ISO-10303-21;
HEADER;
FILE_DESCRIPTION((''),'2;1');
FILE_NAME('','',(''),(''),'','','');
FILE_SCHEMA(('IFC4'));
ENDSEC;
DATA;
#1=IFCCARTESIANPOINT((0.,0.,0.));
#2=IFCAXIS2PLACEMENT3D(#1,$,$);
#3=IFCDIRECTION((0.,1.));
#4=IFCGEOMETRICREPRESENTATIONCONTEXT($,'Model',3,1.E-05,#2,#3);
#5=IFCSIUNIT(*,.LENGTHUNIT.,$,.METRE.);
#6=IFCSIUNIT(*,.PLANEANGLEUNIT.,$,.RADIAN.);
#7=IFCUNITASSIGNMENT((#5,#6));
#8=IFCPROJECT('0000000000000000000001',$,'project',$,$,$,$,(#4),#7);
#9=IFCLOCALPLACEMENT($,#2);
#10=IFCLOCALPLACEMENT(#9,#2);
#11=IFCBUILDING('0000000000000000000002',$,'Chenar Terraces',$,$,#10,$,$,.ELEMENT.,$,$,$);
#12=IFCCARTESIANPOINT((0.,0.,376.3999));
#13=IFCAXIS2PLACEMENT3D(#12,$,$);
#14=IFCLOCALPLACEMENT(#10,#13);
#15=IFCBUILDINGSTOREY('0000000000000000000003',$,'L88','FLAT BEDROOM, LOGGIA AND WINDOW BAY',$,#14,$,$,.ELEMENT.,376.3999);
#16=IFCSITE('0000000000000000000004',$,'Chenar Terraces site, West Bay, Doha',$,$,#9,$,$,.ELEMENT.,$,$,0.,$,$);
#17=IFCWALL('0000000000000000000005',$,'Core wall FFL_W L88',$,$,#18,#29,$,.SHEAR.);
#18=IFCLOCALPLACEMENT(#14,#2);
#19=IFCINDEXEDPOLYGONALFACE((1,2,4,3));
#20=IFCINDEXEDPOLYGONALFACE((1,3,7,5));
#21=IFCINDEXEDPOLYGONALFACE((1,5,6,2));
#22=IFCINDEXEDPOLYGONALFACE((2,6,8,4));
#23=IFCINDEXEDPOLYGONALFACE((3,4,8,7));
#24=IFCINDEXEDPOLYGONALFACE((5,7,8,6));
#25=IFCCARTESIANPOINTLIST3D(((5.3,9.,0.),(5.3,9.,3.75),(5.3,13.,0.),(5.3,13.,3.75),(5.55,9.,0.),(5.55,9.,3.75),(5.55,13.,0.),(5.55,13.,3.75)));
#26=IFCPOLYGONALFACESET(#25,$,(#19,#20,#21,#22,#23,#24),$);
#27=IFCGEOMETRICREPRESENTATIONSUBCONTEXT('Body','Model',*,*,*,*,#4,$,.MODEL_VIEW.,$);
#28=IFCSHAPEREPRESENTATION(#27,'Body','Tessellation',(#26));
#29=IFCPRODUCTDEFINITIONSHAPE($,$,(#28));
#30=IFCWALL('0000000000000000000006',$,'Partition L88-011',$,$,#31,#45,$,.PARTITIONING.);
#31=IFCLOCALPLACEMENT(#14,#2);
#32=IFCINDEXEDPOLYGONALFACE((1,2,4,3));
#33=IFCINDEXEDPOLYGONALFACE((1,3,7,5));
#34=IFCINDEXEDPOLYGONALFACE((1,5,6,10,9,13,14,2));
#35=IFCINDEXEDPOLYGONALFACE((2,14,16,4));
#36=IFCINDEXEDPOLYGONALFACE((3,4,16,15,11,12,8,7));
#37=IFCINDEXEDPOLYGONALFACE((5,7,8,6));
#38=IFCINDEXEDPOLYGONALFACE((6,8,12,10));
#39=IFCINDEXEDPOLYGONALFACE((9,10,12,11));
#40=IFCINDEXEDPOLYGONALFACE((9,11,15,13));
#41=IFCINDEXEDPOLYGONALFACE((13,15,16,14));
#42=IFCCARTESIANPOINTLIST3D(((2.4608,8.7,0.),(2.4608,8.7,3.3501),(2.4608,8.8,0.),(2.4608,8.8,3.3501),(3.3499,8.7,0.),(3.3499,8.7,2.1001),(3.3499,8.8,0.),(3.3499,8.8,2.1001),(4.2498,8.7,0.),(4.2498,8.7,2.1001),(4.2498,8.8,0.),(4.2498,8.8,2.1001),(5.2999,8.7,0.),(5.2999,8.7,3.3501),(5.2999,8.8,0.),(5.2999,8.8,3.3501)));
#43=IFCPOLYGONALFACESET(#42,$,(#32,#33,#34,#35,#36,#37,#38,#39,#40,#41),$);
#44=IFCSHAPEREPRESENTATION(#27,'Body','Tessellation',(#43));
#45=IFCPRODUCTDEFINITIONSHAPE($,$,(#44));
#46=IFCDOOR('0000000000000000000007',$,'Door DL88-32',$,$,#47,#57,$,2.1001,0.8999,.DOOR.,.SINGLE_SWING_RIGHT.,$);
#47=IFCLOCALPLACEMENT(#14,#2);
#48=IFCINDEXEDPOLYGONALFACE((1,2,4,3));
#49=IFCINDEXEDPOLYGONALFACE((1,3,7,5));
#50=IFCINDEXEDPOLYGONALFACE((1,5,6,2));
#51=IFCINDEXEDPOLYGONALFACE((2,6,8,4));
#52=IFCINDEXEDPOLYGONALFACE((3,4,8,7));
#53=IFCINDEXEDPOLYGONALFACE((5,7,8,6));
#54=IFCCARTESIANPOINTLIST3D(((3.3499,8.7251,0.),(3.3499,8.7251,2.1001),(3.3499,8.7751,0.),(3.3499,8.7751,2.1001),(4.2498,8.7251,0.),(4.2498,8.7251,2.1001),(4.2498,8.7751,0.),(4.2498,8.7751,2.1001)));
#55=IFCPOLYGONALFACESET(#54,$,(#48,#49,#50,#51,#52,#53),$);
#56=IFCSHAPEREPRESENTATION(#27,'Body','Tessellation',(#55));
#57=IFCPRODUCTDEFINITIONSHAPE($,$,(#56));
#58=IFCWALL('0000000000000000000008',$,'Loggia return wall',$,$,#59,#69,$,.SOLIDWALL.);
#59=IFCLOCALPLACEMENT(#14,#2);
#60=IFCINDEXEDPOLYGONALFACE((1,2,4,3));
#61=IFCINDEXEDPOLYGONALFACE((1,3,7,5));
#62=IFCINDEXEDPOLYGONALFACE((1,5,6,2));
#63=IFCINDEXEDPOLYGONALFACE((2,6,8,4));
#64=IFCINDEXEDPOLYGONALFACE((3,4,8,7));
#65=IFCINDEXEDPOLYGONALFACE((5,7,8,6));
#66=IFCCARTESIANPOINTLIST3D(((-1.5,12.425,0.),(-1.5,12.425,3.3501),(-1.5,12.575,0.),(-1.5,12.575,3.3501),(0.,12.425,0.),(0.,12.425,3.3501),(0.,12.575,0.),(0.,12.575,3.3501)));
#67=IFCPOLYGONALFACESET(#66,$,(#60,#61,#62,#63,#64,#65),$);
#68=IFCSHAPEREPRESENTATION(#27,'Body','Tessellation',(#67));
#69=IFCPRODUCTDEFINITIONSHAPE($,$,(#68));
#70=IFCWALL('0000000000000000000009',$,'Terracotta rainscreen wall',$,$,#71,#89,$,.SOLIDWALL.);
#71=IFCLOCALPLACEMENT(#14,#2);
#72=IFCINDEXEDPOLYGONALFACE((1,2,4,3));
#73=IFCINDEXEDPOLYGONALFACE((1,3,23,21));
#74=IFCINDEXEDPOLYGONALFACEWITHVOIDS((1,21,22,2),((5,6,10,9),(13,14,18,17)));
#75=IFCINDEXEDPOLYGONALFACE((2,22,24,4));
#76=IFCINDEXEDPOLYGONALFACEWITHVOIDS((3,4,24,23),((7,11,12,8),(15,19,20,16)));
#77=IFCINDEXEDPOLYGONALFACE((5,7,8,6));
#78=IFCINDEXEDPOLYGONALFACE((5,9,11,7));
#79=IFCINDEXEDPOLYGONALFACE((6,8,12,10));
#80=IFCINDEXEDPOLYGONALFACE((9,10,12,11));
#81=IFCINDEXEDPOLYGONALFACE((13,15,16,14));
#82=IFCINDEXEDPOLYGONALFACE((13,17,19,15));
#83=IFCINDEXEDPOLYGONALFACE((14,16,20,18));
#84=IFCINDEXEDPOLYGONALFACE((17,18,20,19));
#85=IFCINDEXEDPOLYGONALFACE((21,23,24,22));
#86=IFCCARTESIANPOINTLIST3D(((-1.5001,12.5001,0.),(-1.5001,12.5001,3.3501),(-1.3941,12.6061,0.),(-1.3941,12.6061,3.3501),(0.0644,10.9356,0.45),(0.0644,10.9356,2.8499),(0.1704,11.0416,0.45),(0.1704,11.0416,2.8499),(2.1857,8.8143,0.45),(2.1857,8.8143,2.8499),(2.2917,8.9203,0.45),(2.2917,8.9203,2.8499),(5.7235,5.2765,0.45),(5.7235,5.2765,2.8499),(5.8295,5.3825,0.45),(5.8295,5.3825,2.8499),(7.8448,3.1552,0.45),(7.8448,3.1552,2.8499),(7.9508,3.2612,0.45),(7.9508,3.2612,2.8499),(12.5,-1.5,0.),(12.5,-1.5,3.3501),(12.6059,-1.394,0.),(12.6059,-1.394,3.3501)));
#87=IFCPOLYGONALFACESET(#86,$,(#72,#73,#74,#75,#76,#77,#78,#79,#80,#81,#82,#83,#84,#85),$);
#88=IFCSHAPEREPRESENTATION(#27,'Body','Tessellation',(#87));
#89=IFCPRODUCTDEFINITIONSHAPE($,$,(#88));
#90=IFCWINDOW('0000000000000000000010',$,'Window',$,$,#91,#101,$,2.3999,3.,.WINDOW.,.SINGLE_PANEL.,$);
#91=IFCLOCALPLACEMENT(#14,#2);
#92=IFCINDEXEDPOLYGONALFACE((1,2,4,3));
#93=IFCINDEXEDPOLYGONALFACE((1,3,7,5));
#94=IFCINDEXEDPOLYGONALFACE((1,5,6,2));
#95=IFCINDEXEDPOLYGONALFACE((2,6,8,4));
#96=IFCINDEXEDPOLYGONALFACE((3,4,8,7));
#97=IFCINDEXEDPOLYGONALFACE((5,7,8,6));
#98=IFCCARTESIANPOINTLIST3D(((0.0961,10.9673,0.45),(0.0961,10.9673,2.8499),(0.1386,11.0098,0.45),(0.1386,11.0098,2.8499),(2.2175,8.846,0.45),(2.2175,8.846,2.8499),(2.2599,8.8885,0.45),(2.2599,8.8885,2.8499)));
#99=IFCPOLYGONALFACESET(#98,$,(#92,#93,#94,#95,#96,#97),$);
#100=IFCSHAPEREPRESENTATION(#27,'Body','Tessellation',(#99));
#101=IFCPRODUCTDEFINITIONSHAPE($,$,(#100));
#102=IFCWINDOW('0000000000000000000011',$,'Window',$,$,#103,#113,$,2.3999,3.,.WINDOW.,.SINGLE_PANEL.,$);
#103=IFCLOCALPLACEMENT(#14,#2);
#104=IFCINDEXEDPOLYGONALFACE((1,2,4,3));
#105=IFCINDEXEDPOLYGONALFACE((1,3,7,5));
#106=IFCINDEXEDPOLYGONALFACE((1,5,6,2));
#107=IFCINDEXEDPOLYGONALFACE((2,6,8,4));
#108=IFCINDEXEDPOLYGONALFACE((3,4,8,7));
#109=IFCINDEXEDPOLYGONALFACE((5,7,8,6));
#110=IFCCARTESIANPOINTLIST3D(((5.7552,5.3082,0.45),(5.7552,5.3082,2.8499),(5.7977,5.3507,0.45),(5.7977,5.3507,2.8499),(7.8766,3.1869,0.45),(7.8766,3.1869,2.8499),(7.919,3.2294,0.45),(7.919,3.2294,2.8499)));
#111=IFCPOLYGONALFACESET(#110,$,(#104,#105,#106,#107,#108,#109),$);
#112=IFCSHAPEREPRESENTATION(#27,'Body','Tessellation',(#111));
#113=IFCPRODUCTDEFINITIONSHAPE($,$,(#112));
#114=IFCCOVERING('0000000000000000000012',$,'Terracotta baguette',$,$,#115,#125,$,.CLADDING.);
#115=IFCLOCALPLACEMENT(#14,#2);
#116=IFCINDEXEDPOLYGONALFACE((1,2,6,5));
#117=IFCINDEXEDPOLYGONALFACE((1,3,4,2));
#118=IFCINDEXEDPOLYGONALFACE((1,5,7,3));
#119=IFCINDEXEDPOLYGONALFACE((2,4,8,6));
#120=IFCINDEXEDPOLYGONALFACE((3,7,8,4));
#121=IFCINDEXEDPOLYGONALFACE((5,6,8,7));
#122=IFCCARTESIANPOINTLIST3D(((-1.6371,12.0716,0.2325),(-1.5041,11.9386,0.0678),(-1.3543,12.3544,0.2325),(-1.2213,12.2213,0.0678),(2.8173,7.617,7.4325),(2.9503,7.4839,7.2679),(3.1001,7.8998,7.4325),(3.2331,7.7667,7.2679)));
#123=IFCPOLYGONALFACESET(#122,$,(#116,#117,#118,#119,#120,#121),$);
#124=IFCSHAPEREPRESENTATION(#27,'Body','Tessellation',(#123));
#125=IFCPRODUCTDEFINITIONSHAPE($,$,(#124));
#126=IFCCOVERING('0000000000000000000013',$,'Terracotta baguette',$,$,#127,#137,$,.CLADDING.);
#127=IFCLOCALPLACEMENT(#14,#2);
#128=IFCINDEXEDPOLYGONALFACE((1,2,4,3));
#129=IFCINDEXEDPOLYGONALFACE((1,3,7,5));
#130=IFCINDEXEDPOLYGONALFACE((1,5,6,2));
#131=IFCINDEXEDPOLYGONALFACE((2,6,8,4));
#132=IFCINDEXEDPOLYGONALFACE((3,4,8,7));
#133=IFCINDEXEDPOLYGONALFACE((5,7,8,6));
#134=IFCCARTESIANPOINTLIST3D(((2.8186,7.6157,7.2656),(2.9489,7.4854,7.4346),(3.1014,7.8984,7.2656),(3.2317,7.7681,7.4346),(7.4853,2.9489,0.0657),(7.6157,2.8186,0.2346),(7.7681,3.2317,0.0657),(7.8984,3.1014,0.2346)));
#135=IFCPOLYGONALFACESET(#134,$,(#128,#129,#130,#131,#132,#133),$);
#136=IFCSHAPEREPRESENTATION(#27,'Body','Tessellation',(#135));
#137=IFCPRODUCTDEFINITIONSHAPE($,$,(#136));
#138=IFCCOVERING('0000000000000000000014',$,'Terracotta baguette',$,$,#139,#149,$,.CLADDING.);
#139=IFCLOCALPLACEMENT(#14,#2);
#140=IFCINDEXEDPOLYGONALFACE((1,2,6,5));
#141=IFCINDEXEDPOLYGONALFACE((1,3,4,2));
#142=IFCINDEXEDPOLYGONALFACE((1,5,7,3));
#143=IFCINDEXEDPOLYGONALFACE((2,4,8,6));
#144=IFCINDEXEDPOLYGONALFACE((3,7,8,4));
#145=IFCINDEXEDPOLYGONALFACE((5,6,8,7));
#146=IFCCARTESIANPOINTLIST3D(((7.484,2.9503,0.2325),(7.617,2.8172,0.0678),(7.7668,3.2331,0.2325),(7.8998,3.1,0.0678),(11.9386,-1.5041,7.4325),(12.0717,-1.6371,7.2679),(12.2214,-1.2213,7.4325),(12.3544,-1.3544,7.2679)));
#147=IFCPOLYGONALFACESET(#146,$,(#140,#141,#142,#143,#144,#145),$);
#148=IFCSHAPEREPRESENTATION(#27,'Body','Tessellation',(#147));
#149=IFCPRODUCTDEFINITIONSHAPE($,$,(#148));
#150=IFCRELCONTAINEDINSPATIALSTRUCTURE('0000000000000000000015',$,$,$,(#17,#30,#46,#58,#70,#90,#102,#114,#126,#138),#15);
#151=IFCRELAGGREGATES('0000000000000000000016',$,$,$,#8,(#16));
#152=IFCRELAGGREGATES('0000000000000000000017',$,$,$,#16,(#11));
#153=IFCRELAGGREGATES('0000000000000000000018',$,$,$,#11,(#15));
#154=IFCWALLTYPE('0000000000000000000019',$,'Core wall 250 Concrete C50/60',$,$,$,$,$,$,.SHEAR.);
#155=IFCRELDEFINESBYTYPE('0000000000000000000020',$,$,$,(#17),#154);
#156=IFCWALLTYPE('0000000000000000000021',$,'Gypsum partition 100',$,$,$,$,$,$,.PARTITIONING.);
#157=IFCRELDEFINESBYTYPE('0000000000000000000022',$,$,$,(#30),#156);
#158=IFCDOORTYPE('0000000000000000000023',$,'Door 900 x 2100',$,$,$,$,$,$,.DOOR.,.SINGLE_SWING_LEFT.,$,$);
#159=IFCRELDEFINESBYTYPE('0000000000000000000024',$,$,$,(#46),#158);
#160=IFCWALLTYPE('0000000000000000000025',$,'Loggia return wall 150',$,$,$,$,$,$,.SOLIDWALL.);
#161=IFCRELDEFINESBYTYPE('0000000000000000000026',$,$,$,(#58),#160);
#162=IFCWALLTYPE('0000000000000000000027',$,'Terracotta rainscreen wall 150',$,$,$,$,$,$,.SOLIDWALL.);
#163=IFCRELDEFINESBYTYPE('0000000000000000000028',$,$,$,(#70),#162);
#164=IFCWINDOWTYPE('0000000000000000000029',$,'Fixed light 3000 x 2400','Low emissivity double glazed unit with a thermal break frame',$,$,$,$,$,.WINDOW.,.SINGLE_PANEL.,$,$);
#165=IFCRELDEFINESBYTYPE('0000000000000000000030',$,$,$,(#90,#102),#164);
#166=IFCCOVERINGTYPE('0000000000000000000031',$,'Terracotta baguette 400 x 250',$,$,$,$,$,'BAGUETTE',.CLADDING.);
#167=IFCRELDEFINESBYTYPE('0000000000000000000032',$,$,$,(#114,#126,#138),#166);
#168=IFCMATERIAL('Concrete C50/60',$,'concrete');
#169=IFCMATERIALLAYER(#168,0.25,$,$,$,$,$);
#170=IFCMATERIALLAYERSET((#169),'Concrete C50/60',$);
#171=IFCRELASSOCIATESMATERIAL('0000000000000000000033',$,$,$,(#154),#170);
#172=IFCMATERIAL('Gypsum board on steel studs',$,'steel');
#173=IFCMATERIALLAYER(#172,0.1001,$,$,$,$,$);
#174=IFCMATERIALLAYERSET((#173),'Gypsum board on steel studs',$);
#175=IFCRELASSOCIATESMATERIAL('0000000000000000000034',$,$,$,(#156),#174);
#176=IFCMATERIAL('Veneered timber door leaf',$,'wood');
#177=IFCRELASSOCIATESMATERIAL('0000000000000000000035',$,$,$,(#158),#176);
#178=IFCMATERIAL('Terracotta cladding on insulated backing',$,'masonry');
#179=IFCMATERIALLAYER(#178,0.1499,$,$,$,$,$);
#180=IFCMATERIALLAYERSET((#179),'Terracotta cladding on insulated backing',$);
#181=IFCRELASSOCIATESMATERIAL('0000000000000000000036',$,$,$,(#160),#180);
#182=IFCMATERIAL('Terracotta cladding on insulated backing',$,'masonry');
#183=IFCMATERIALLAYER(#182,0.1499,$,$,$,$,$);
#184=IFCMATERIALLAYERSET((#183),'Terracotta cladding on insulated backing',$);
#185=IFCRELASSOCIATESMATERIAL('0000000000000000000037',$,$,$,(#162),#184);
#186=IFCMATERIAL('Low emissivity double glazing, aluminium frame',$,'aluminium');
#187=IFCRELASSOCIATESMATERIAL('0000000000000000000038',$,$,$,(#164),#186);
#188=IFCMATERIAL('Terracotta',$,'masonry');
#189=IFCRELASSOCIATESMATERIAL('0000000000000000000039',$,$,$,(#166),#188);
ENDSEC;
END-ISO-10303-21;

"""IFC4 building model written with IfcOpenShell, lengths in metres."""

from ifc_helpers import new_model, si_unit, direction, frame, frame_2d, origin, origin_2d, place, context, subcontext, project, spatial, rectangle, extrude, material, layer, layer_set, material_profile, profile_set, type_object, element, fill, save


model = new_model("IFC4")

# Units and contexts
model_context = context("Model", 3, precision=1e-05, world=origin(), true_north=direction((0.0, 1.0)))
body_context = subcontext(model_context, "Body", "Model", "MODEL_VIEW")
ifc_project = project(units=[si_unit("LENGTHUNIT", "METRE"), si_unit("PLANEANGLEUNIT", "RADIAN")], contexts=[model_context])

# Site, building, storey
site_placement = place(None, origin())
site = spatial("IfcSite", under=ifc_project, at=site_placement, Name="Chenar Terraces site, West Bay, Doha", CompositionType="ELEMENT", RefElevation=0.0)
building_placement = place(site_placement, origin())
building = spatial("IfcBuilding", under=site, at=building_placement, Name="Chenar Terraces", CompositionType="ELEMENT")
storey_placement = place(building_placement, frame((0.0, 0.0, 376.3999)))
storey = spatial("IfcBuildingStorey", under=building, at=storey_placement, Name="L88", Description="FLAT BEDROOM, LOGGIA AND WINDOW BAY", CompositionType="ELEMENT", Elevation=376.3999)

# Wall
ifc_material_1 = material(Name="Concrete C50/60", Category="concrete")
ifc_layer_1 = layer(ifc_material_1, 0.25)
ifc_layer_set_1 = layer_set([ifc_layer_1], Name="Concrete C50/60")
wall_type_1 = type_object("IfcWallType", Name="Core wall 250 Concrete C50/60", PredefinedType="SHEAR", material=ifc_layer_set_1)
wall_1_placement = place(storey_placement, frame((5.425, 9.0, 0.0), z_axis=(0.0, 0.0, 1.0), x_axis=(0.0, 1.0, 0.0)))
element("IfcWall", 1, at=wall_1_placement, inside=storey, type_object=wall_type_1, Name="Core wall FFL_W L88", PredefinedType="SHEAR", context=body_context, shape_type="SweptSolid", body=[
    extrude(rectangle(XDim=4.0, YDim=0.25, at=frame_2d((2.0, 0.0))), origin(), (0.0, 0.0, 1.0), 3.75),
])

# Wall, opening, door
ifc_material_2 = material(Name="Gypsum board on steel studs", Category="steel")
ifc_layer_2 = layer(ifc_material_2, 0.1001)
ifc_layer_set_2 = layer_set([ifc_layer_2], Name="Gypsum board on steel studs")
wall_type_2 = type_object("IfcWallType", Name="Gypsum partition 100", PredefinedType="PARTITIONING", material=ifc_layer_set_2)
wall_2_placement = place(storey_placement, frame((2.4609, 8.75, 0.0), z_axis=(0.0, 0.0, 1.0), x_axis=(1.0, 0.0, 0.0)))
wall_2 = element("IfcWall", 2, at=wall_2_placement, inside=storey, type_object=wall_type_2, Name="Partition L88-011", PredefinedType="PARTITIONING", context=body_context, shape_type="SweptSolid", body=[
    extrude(rectangle(XDim=2.8391, YDim=0.1001, at=frame_2d((1.4194, 0.0))), origin(), (0.0, 0.0, 1.0), 3.3501),
])
opening_1_placement = place(wall_2_placement, frame((0.8889, 0.0, 0.0)))
opening_1 = element("IfcOpeningElement", 3, at=opening_1_placement, cuts=wall_2, PredefinedType="OPENING", context=body_context, shape_type="SweptSolid", body=[
    extrude(rectangle(XDim=0.8999, YDim=2.1001, at=frame_2d((0.45, 1.05))), frame((0.0, 0.0601, 0.0), z_axis=(0.0, -1.0, 0.0), x_axis=(1.0, 0.0, 0.0)), (0.0, 0.0, 1.0), 0.1201),
])
ifc_material_3 = material(Name="Veneered timber door leaf", Category="wood")
door_type = type_object("IfcDoorType", Name="Door 900 x 2100", OperationType="SINGLE_SWING_LEFT", PredefinedType="DOOR", material=ifc_material_3)
door_placement = place(opening_1_placement, frame((0.8999, 0.0, 0.0), z_axis=(0.0, 0.0, 1.0), x_axis=(-1.0, 0.0, 0.0)))
door = element("IfcDoor", 4, at=door_placement, inside=storey, type_object=door_type, Name="Door DL88-32", OperationType="SINGLE_SWING_RIGHT", OverallHeight=2.1001, OverallWidth=0.8999, PredefinedType="DOOR", context=body_context, shape_type="SweptSolid", body=[
    extrude(rectangle(XDim=0.8999, YDim=2.1001, at=frame_2d((0.45, 1.05))), frame((0.0, 0.0249, 0.0), z_axis=(0.0, -1.0, 0.0), x_axis=(1.0, 0.0, 0.0)), (0.0, 0.0, 1.0), 0.05),
])
fill(opening_1, door)

# Wall
ifc_material_4 = material(Name="Terracotta cladding on insulated backing", Category="masonry")
ifc_layer_3 = layer(ifc_material_4, 0.1499)
ifc_layer_set_3 = layer_set([ifc_layer_3], Name="Terracotta cladding on insulated backing")
wall_type_3 = type_object("IfcWallType", Name="Loggia return wall 150", PredefinedType="SOLIDWALL", material=ifc_layer_set_3)
wall_3_placement = place(storey_placement, frame((-1.5, 12.5, 0.0), z_axis=(0.0, 0.0, 1.0), x_axis=(1.0, 0.0, 0.0)))
element("IfcWall", 5, at=wall_3_placement, inside=storey, type_object=wall_type_3, Name="Loggia return wall", PredefinedType="SOLIDWALL", context=body_context, shape_type="SweptSolid", body=[
    extrude(rectangle(XDim=1.5, YDim=0.1499, at=frame_2d((0.75, 0.0))), origin(), (0.0, 0.0, 1.0), 3.3501),
])

# Wall, openings, windows
ifc_material_5 = material(Name="Terracotta cladding on insulated backing", Category="masonry")
ifc_layer_4 = layer(ifc_material_5, 0.1499)
ifc_layer_set_4 = layer_set([ifc_layer_4], Name="Terracotta cladding on insulated backing")
wall_type_4 = type_object("IfcWallType", Name="Terracotta rainscreen wall 150", PredefinedType="SOLIDWALL", material=ifc_layer_set_4)
wall_4_placement = place(storey_placement, frame((-1.447, 12.553, 0.0), z_axis=(0.0, 0.0, 1.0), x_axis=(0.707107, -0.707107, 0.0)))
wall_4 = element("IfcWall", 6, at=wall_4_placement, inside=storey, type_object=wall_type_4, Name="Terracotta rainscreen wall", PredefinedType="SOLIDWALL", context=body_context, shape_type="SweptSolid", body=[
    extrude(rectangle(XDim=19.7991, YDim=0.1499, at=frame_2d((9.8994, 0.0))), origin(), (0.0, 0.0, 1.0), 3.3501),
])
opening_2_placement = place(wall_4_placement, frame((2.2124, 0.0, 0.45)))
opening_2 = element("IfcOpeningElement", 7, at=opening_2_placement, cuts=wall_4, PredefinedType="OPENING", context=body_context, shape_type="SweptSolid", body=[
    extrude(rectangle(XDim=3.0, YDim=2.3999, at=frame_2d((1.5, 1.2))), frame((0.0, 0.085, 0.0), z_axis=(0.0, -1.0, 0.0), x_axis=(1.0, 0.0, 0.0)), (0.0, 0.0, 1.0), 0.1699),
])
opening_3_placement = place(wall_4_placement, frame((10.2156, 0.0, 0.45)))
opening_3 = element("IfcOpeningElement", 8, at=opening_3_placement, cuts=wall_4, PredefinedType="OPENING", context=body_context, shape_type="SweptSolid", body=[
    extrude(rectangle(XDim=3.0, YDim=2.3999, at=frame_2d((1.5, 1.2))), frame((0.0, 0.085, 0.0), z_axis=(0.0, -1.0, 0.0), x_axis=(1.0, 0.0, 0.0)), (0.0, 0.0, 1.0), 0.1699),
])
ifc_material_6 = material(Name="Low emissivity double glazing, aluminium frame", Category="aluminium")
window_type = type_object("IfcWindowType", Name="Fixed light 3000 x 2400", Description="Low emissivity double glazed unit with a thermal break frame", PartitioningType="SINGLE_PANEL", PredefinedType="WINDOW", material=ifc_material_6)
window_1_placement = place(opening_2_placement, origin())
window_1 = element("IfcWindow", 9, at=window_1_placement, inside=storey, type_object=window_type, Name="Window", OverallHeight=2.3999, OverallWidth=3.0, PartitioningType="SINGLE_PANEL", PredefinedType="WINDOW", context=body_context, shape_type="SweptSolid", body=[
    extrude(rectangle(XDim=3.0, YDim=2.3999, at=frame_2d((1.5, 1.2))), frame((0.0, 0.03, 0.0), z_axis=(0.0, -1.0, 0.0), x_axis=(1.0, 0.0, 0.0)), (0.0, 0.0, 1.0), 0.0601),
])
fill(opening_2, window_1)
window_2_placement = place(opening_3_placement, origin())
window_2 = element("IfcWindow", 10, at=window_2_placement, inside=storey, type_object=window_type, Name="Window", OverallHeight=2.3999, OverallWidth=3.0, PartitioningType="SINGLE_PANEL", PredefinedType="WINDOW", context=body_context, shape_type="SweptSolid", body=[
    extrude(rectangle(XDim=3.0, YDim=2.3999, at=frame_2d((1.5, 1.2))), frame((0.0, 0.03, 0.0), z_axis=(0.0, -1.0, 0.0), x_axis=(1.0, 0.0, 0.0)), (0.0, 0.0, 1.0), 0.0601),
])
fill(opening_3, window_2)

# Coverings
ifc_material_7 = material(Name="Terracotta", Category="masonry")
ifc_material_profile = material_profile(ifc_material_7, rectangle(XDim=0.3999, YDim=0.25, at=origin_2d()), Name="Terracotta baguette 400 x 250")
ifc_profile_set = profile_set([ifc_material_profile], Name="Terracotta")
covering_type = type_object("IfcCoveringType", Name="Terracotta baguette 400 x 250", ElementType="BAGUETTE", PredefinedType="CLADDING", material=ifc_profile_set)
covering_1_placement = place(storey_placement, frame((-1.4292, 12.1465, 0.1501), z_axis=(0.465604, -0.46563, 0.752597), x_axis=(0.707126, 0.707087, 0.0)))
element("IfcCovering", 11, at=covering_1_placement, inside=storey, type_object=covering_type, Name="Terracotta baguette", PredefinedType="CLADDING", context=body_context, shape_type="SweptSolid", body=[
    extrude(rectangle(XDim=0.3999, YDim=0.25, at=origin_2d()), origin(), (0.0, 0.0, 1.0), 9.5669),
])
covering_2_placement = place(storey_placement, frame((3.0251, 7.6919, 7.3501), z_axis=(0.477803, -0.477803, -0.737163), x_axis=(0.707107, 0.707107, 0.0)))
element("IfcCovering", 12, at=covering_2_placement, inside=storey, type_object=covering_type, Name="Terracotta baguette", PredefinedType="CLADDING", context=body_context, shape_type="SweptSolid", body=[
    extrude(rectangle(XDim=0.3999, YDim=0.25, at=origin_2d()), origin(), (0.0, 0.0, 1.0), 9.7671),
])
covering_3_placement = place(storey_placement, frame((7.6919, 3.0251, 0.1501), z_axis=(0.46563, -0.465604, 0.752597), x_axis=(0.707087, 0.707126, 0.0)))
element("IfcCovering", 13, at=covering_3_placement, inside=storey, type_object=covering_type, Name="Terracotta baguette", PredefinedType="CLADDING", context=body_context, shape_type="SweptSolid", body=[
    extrude(rectangle(XDim=0.3999, YDim=0.25, at=origin_2d()), origin(), (0.0, 0.0, 1.0), 9.5669),
])

save(model, "model.ifc")
